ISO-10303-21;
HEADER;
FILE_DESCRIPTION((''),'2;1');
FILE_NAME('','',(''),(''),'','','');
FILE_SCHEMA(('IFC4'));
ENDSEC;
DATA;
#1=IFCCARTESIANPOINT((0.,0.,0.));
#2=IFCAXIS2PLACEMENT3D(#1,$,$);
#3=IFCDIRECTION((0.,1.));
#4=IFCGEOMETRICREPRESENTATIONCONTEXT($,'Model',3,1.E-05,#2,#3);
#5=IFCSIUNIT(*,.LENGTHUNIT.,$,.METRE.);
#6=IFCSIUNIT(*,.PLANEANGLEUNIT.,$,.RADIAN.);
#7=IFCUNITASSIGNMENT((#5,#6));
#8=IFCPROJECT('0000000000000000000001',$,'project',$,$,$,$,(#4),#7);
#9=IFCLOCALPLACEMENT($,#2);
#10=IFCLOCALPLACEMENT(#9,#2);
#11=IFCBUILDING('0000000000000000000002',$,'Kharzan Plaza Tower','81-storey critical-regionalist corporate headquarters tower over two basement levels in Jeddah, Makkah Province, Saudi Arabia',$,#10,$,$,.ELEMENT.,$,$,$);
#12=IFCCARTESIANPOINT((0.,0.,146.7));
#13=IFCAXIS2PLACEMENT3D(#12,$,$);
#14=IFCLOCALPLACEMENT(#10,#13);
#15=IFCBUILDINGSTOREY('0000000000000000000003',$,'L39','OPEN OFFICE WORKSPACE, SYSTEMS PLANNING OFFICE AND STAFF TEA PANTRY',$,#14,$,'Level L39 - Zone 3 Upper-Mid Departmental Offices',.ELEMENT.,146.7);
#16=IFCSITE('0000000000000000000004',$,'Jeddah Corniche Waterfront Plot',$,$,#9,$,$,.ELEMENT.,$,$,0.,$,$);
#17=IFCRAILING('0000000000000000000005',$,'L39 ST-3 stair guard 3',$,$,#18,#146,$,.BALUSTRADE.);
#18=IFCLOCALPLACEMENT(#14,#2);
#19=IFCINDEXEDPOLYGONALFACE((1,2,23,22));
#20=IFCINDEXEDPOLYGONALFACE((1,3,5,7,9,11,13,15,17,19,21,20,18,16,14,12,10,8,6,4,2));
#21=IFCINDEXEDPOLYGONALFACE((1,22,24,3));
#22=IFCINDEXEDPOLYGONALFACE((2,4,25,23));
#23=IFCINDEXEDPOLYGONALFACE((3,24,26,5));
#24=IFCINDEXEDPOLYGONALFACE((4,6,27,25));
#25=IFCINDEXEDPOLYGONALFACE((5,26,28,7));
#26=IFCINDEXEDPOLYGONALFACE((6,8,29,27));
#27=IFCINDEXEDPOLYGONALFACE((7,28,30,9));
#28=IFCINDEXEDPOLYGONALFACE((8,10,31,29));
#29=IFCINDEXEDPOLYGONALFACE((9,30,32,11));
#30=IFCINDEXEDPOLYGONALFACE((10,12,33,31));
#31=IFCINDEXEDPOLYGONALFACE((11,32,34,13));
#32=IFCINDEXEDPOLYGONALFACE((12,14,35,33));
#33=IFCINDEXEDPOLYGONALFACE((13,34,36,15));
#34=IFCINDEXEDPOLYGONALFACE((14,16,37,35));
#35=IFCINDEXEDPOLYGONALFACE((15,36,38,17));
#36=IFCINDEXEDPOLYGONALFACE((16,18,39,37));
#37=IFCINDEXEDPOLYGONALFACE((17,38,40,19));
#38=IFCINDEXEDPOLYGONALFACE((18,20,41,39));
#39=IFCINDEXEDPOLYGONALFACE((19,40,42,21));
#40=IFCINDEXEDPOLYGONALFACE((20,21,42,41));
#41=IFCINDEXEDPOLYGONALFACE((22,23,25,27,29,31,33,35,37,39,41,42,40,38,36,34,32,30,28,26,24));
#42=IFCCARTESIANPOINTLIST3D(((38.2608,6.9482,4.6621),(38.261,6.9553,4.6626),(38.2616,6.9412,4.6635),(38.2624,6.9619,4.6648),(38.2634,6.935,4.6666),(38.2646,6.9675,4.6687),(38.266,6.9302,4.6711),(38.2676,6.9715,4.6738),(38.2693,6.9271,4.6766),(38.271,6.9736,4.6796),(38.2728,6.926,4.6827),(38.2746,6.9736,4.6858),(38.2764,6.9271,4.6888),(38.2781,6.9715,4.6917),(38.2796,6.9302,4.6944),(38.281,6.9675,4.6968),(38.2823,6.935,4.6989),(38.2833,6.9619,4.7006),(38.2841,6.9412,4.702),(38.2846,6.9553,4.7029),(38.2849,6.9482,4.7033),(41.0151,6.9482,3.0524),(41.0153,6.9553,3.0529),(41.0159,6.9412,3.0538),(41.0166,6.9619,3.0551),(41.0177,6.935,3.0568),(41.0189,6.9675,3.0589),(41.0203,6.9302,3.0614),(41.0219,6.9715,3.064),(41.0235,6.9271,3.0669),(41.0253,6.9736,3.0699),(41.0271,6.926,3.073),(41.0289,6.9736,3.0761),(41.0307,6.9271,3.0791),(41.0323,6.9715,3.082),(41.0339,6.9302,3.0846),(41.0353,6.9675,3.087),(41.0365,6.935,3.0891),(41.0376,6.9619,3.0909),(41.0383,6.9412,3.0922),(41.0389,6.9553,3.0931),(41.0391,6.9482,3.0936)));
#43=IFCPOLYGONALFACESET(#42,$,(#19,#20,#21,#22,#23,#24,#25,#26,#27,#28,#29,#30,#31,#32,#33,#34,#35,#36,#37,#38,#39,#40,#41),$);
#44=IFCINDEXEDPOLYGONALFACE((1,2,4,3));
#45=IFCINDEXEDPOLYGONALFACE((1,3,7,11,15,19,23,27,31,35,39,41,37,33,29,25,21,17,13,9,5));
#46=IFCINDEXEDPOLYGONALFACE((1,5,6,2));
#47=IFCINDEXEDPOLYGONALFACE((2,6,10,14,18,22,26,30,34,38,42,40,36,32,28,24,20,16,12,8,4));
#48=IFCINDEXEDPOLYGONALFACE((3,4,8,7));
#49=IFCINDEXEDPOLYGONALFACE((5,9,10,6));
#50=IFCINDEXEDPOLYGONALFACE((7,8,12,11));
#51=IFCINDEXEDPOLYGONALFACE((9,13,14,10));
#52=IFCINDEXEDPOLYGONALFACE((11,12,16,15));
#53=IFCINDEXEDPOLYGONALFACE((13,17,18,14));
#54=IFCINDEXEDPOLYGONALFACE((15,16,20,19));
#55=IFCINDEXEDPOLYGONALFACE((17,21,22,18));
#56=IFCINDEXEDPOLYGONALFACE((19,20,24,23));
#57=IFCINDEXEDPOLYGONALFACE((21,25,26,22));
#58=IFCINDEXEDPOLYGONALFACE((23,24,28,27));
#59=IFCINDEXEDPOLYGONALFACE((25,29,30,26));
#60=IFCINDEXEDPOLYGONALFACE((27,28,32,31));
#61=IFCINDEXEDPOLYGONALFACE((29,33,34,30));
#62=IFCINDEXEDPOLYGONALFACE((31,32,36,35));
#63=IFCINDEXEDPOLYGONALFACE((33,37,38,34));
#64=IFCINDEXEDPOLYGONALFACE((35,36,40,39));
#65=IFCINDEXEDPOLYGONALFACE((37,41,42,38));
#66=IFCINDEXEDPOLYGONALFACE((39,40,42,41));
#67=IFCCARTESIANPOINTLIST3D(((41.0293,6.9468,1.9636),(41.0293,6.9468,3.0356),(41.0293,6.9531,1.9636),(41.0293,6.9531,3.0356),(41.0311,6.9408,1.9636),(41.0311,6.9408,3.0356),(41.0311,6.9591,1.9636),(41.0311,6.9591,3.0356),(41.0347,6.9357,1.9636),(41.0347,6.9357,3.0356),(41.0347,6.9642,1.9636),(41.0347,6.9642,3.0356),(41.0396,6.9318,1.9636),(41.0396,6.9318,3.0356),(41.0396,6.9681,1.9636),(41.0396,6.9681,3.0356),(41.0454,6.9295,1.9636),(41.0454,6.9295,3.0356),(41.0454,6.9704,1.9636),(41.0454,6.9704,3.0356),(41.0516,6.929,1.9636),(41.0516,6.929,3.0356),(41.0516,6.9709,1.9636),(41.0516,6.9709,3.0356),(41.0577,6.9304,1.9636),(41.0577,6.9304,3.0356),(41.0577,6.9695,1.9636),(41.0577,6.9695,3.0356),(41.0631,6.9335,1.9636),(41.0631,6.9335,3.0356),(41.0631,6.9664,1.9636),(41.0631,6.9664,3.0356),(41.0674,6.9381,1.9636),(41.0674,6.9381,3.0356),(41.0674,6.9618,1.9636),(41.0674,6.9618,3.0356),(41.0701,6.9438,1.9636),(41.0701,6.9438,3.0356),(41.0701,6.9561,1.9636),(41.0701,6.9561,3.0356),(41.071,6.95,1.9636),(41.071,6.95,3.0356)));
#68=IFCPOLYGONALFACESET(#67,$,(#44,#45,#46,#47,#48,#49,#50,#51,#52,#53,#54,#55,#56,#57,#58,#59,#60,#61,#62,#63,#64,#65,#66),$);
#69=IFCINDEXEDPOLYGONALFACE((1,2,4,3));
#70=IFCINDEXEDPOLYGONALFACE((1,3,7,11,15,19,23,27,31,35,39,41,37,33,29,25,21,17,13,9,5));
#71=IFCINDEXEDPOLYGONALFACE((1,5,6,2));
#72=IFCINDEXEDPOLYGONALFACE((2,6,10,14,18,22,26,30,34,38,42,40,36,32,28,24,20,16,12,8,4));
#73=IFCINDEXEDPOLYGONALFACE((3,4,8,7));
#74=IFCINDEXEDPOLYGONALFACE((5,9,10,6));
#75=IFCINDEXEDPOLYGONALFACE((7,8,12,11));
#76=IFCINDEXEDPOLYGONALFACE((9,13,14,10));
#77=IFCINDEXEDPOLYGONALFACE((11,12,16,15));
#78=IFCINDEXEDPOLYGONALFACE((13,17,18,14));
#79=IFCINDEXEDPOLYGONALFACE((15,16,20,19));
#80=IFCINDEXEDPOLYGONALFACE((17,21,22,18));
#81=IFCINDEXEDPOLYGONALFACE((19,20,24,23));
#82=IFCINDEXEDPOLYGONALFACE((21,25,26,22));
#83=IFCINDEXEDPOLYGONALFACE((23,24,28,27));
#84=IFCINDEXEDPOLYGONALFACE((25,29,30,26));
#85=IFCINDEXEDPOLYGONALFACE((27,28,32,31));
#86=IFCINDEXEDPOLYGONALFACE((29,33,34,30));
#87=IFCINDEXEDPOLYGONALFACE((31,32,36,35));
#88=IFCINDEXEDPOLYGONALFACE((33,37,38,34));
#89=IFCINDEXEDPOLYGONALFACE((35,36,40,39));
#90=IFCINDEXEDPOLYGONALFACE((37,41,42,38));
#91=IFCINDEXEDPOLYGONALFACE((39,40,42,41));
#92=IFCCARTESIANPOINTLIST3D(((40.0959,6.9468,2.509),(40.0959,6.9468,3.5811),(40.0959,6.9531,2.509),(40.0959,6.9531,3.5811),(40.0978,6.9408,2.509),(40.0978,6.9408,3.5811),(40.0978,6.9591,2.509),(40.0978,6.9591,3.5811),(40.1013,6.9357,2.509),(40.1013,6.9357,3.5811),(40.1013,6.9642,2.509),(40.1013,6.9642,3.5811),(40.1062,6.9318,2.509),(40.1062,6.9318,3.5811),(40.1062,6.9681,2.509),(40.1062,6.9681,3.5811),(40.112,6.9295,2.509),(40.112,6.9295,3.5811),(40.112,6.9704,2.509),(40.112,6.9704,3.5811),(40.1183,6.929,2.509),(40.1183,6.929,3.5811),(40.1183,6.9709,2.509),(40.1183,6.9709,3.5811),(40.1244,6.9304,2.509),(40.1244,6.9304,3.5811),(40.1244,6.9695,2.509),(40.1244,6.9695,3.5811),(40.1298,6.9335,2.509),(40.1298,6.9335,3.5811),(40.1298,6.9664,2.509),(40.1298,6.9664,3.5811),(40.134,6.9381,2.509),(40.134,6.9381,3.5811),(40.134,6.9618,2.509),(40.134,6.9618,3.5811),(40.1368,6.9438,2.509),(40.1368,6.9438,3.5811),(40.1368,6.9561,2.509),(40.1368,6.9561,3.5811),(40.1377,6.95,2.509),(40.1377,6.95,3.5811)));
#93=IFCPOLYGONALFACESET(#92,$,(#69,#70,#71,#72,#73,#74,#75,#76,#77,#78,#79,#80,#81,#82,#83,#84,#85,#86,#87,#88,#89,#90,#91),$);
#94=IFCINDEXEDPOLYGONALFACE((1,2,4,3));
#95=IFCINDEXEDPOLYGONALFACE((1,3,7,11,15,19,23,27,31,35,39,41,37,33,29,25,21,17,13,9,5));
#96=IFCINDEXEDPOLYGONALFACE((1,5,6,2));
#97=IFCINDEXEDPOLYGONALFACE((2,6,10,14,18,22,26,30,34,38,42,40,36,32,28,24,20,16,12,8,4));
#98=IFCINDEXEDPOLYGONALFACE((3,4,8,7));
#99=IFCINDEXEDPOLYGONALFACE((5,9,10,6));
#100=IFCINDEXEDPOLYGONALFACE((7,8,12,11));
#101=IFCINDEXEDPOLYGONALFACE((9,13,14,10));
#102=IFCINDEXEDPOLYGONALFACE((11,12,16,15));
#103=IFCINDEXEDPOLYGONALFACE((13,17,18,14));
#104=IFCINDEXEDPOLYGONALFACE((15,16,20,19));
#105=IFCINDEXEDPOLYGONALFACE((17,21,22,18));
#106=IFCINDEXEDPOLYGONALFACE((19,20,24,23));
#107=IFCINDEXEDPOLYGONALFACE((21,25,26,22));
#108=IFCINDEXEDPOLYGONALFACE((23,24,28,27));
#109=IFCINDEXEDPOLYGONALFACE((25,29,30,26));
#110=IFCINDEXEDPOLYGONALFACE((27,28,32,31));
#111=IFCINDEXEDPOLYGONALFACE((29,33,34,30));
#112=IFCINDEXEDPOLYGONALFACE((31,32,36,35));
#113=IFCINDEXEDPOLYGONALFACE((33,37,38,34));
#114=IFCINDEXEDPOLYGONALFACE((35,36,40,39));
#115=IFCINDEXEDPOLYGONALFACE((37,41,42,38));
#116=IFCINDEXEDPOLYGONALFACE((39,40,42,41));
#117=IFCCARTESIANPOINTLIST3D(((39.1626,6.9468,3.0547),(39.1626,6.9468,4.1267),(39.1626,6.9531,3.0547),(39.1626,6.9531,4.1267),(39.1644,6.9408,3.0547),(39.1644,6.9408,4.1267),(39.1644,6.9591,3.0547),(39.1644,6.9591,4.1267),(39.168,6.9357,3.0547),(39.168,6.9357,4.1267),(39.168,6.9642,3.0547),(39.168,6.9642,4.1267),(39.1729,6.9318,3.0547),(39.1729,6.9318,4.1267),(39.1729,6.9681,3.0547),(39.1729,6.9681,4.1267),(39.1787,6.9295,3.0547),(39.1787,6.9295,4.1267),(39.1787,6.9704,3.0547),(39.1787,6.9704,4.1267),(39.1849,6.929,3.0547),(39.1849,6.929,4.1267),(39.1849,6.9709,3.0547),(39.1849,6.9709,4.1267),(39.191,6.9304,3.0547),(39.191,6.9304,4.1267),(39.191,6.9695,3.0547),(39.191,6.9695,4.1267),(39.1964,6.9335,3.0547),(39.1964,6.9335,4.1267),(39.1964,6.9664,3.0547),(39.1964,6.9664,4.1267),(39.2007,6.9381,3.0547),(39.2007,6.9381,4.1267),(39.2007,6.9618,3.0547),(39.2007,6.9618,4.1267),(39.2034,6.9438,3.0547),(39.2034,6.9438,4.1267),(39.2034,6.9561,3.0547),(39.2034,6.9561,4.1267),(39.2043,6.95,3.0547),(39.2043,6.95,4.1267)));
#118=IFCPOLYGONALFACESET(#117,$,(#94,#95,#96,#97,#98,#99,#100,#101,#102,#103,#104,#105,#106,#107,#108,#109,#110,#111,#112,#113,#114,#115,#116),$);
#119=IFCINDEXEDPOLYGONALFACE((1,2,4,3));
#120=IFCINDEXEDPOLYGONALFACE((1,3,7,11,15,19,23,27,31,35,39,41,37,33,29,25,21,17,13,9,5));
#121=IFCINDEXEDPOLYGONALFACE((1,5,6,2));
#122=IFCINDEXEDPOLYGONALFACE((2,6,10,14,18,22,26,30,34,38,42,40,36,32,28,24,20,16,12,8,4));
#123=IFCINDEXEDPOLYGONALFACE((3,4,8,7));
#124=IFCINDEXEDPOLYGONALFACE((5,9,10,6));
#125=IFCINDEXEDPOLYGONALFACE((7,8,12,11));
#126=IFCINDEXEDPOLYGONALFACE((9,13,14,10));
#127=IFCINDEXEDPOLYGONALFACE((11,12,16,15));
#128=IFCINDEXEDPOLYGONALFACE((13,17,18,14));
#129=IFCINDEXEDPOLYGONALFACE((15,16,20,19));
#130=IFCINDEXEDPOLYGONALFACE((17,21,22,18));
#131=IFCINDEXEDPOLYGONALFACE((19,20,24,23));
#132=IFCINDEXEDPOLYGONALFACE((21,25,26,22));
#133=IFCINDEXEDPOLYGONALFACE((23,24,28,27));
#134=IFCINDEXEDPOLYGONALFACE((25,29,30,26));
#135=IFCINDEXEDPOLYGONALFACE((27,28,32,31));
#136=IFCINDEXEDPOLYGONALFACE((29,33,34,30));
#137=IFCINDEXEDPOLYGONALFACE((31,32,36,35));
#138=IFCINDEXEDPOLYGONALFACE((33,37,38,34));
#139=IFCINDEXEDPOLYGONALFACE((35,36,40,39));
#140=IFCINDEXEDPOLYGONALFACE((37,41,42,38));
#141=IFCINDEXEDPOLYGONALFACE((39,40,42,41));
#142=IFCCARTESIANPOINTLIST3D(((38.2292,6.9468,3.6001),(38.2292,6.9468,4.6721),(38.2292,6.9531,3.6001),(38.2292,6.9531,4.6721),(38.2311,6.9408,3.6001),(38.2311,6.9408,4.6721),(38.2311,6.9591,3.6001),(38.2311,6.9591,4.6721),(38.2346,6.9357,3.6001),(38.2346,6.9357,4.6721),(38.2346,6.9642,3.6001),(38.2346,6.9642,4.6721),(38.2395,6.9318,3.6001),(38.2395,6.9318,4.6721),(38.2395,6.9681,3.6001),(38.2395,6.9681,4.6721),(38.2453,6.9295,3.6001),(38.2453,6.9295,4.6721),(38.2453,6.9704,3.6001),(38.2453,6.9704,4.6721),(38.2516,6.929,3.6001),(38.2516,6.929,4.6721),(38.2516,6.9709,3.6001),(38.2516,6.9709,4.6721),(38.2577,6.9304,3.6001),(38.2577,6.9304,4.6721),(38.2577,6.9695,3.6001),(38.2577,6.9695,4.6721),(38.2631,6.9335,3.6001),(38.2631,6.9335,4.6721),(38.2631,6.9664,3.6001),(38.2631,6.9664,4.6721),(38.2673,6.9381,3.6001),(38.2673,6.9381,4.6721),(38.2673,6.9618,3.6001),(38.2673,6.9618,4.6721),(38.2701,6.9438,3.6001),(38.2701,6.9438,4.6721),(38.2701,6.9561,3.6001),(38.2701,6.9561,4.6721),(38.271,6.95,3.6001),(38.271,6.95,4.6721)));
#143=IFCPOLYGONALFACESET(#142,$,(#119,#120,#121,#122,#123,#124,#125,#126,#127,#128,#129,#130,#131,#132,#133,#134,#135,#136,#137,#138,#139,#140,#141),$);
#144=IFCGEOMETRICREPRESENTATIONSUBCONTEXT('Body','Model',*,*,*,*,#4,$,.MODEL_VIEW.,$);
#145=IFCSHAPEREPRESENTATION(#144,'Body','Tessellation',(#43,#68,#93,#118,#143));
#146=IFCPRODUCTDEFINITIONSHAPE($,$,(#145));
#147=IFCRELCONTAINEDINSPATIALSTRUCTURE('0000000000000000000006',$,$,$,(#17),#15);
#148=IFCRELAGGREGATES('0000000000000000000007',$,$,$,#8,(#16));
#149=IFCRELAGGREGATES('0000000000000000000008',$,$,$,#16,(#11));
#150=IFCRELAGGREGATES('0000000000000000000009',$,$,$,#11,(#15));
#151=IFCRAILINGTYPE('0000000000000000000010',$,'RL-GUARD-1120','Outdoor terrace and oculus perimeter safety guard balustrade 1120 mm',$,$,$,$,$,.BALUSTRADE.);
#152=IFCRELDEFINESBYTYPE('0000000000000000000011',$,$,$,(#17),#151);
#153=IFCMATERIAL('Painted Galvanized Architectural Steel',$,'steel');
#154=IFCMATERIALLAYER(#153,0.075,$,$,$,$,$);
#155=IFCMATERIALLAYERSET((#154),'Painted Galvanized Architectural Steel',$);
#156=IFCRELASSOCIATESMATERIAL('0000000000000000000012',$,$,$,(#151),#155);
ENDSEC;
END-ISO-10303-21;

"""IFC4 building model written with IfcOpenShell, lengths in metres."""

from ifc_helpers import new_model, si_unit, direction, frame, origin, origin_2d, place, context, subcontext, project, spatial, circle, extrude, source, transform, mapped, material, layer, layer_set, type_object, element, save


model = new_model("IFC4")

# Units and contexts
model_context = context("Model", 3, precision=1e-05, world=origin(), true_north=direction((0.0, 1.0)))
body_context = subcontext(model_context, "Body", "Model", "MODEL_VIEW")
ifc_project = project(units=[si_unit("LENGTHUNIT", "METRE"), si_unit("PLANEANGLEUNIT", "RADIAN")], contexts=[model_context])

# Site, building, storey
site_placement = place(None, origin())
site = spatial("IfcSite", under=ifc_project, at=site_placement, Name="Jeddah Corniche Waterfront Plot", CompositionType="ELEMENT", RefElevation=0.0)
building_placement = place(site_placement, origin())
building = spatial("IfcBuilding", under=site, at=building_placement, Name="Kharzan Plaza Tower", Description="81-storey critical-regionalist corporate headquarters tower over two basement levels in Jeddah, Makkah Province, Saudi Arabia", CompositionType="ELEMENT")
storey_placement = place(building_placement, frame((0.0, 0.0, 146.7)))
storey = spatial("IfcBuildingStorey", under=building, at=storey_placement, Name="L39", Description="OPEN OFFICE WORKSPACE, SYSTEMS PLANNING OFFICE AND STAFF TEA PANTRY", LongName="Level L39 - Zone 3 Upper-Mid Departmental Offices", CompositionType="ELEMENT", Elevation=146.7)

# Railing
ifc_material_1 = material(Name="Painted Galvanized Architectural Steel", Category="steel")
ifc_layer_1 = layer(ifc_material_1, 0.075)
ifc_layer_set_1 = layer_set([ifc_layer_1], Name="Painted Galvanized Architectural Steel")
railing_type_1 = type_object("IfcRailingType", Name="RL-GUARD-1120", Description="Outdoor terrace and oculus perimeter safety guard balustrade 1120 mm", PredefinedType="BALUSTRADE", material=ifc_layer_set_1)
shared_shape_1 = source(origin(), body_context, "Body", "SweptSolid", [
    extrude(circle(Radius=0.0239, at=origin_2d()), frame((-0.0229, 0.0, 1.1094), z_axis=(-0.863361, 0.0, 0.504587), x_axis=(0.0, -1.0, 0.0)), (0.0, 0.0, 1.0), 3.1902),
    extrude(circle(Radius=0.021, at=origin_2d()), origin(), (0.0, 0.0, 1.0), 1.072),
    extrude(circle(Radius=0.021, at=origin_2d()), frame((-0.9333, 0.0, 0.5454)), (0.0, 0.0, 1.0), 1.072),
    extrude(circle(Radius=0.021, at=origin_2d()), frame((-1.8667, 0.0, 1.0911)), (0.0, 0.0, 1.0), 1.072),
    extrude(circle(Radius=0.021, at=origin_2d()), frame((-2.8, 0.0, 1.6365)), (0.0, 0.0, 1.0), 1.072),
])
railing_1_placement = place(storey_placement, frame((41.05, 6.95, 1.9636)))
element("IfcRailing", 1, at=railing_1_placement, inside=storey, type_object=railing_type_1, Name="L39 ST-3 stair guard 3", PredefinedType="BALUSTRADE", context=body_context, shape_type="MappedRepresentation", body=[
    mapped(shared_shape_1, transform((0.0, 0.0, 0.0), x_axis=(1.0, 0.0, 0.0), y_axis=(0.0, 1.0, 0.0), z_axis=(0.0, 0.0, 1.0))),
])

save(model, "model.ifc")
